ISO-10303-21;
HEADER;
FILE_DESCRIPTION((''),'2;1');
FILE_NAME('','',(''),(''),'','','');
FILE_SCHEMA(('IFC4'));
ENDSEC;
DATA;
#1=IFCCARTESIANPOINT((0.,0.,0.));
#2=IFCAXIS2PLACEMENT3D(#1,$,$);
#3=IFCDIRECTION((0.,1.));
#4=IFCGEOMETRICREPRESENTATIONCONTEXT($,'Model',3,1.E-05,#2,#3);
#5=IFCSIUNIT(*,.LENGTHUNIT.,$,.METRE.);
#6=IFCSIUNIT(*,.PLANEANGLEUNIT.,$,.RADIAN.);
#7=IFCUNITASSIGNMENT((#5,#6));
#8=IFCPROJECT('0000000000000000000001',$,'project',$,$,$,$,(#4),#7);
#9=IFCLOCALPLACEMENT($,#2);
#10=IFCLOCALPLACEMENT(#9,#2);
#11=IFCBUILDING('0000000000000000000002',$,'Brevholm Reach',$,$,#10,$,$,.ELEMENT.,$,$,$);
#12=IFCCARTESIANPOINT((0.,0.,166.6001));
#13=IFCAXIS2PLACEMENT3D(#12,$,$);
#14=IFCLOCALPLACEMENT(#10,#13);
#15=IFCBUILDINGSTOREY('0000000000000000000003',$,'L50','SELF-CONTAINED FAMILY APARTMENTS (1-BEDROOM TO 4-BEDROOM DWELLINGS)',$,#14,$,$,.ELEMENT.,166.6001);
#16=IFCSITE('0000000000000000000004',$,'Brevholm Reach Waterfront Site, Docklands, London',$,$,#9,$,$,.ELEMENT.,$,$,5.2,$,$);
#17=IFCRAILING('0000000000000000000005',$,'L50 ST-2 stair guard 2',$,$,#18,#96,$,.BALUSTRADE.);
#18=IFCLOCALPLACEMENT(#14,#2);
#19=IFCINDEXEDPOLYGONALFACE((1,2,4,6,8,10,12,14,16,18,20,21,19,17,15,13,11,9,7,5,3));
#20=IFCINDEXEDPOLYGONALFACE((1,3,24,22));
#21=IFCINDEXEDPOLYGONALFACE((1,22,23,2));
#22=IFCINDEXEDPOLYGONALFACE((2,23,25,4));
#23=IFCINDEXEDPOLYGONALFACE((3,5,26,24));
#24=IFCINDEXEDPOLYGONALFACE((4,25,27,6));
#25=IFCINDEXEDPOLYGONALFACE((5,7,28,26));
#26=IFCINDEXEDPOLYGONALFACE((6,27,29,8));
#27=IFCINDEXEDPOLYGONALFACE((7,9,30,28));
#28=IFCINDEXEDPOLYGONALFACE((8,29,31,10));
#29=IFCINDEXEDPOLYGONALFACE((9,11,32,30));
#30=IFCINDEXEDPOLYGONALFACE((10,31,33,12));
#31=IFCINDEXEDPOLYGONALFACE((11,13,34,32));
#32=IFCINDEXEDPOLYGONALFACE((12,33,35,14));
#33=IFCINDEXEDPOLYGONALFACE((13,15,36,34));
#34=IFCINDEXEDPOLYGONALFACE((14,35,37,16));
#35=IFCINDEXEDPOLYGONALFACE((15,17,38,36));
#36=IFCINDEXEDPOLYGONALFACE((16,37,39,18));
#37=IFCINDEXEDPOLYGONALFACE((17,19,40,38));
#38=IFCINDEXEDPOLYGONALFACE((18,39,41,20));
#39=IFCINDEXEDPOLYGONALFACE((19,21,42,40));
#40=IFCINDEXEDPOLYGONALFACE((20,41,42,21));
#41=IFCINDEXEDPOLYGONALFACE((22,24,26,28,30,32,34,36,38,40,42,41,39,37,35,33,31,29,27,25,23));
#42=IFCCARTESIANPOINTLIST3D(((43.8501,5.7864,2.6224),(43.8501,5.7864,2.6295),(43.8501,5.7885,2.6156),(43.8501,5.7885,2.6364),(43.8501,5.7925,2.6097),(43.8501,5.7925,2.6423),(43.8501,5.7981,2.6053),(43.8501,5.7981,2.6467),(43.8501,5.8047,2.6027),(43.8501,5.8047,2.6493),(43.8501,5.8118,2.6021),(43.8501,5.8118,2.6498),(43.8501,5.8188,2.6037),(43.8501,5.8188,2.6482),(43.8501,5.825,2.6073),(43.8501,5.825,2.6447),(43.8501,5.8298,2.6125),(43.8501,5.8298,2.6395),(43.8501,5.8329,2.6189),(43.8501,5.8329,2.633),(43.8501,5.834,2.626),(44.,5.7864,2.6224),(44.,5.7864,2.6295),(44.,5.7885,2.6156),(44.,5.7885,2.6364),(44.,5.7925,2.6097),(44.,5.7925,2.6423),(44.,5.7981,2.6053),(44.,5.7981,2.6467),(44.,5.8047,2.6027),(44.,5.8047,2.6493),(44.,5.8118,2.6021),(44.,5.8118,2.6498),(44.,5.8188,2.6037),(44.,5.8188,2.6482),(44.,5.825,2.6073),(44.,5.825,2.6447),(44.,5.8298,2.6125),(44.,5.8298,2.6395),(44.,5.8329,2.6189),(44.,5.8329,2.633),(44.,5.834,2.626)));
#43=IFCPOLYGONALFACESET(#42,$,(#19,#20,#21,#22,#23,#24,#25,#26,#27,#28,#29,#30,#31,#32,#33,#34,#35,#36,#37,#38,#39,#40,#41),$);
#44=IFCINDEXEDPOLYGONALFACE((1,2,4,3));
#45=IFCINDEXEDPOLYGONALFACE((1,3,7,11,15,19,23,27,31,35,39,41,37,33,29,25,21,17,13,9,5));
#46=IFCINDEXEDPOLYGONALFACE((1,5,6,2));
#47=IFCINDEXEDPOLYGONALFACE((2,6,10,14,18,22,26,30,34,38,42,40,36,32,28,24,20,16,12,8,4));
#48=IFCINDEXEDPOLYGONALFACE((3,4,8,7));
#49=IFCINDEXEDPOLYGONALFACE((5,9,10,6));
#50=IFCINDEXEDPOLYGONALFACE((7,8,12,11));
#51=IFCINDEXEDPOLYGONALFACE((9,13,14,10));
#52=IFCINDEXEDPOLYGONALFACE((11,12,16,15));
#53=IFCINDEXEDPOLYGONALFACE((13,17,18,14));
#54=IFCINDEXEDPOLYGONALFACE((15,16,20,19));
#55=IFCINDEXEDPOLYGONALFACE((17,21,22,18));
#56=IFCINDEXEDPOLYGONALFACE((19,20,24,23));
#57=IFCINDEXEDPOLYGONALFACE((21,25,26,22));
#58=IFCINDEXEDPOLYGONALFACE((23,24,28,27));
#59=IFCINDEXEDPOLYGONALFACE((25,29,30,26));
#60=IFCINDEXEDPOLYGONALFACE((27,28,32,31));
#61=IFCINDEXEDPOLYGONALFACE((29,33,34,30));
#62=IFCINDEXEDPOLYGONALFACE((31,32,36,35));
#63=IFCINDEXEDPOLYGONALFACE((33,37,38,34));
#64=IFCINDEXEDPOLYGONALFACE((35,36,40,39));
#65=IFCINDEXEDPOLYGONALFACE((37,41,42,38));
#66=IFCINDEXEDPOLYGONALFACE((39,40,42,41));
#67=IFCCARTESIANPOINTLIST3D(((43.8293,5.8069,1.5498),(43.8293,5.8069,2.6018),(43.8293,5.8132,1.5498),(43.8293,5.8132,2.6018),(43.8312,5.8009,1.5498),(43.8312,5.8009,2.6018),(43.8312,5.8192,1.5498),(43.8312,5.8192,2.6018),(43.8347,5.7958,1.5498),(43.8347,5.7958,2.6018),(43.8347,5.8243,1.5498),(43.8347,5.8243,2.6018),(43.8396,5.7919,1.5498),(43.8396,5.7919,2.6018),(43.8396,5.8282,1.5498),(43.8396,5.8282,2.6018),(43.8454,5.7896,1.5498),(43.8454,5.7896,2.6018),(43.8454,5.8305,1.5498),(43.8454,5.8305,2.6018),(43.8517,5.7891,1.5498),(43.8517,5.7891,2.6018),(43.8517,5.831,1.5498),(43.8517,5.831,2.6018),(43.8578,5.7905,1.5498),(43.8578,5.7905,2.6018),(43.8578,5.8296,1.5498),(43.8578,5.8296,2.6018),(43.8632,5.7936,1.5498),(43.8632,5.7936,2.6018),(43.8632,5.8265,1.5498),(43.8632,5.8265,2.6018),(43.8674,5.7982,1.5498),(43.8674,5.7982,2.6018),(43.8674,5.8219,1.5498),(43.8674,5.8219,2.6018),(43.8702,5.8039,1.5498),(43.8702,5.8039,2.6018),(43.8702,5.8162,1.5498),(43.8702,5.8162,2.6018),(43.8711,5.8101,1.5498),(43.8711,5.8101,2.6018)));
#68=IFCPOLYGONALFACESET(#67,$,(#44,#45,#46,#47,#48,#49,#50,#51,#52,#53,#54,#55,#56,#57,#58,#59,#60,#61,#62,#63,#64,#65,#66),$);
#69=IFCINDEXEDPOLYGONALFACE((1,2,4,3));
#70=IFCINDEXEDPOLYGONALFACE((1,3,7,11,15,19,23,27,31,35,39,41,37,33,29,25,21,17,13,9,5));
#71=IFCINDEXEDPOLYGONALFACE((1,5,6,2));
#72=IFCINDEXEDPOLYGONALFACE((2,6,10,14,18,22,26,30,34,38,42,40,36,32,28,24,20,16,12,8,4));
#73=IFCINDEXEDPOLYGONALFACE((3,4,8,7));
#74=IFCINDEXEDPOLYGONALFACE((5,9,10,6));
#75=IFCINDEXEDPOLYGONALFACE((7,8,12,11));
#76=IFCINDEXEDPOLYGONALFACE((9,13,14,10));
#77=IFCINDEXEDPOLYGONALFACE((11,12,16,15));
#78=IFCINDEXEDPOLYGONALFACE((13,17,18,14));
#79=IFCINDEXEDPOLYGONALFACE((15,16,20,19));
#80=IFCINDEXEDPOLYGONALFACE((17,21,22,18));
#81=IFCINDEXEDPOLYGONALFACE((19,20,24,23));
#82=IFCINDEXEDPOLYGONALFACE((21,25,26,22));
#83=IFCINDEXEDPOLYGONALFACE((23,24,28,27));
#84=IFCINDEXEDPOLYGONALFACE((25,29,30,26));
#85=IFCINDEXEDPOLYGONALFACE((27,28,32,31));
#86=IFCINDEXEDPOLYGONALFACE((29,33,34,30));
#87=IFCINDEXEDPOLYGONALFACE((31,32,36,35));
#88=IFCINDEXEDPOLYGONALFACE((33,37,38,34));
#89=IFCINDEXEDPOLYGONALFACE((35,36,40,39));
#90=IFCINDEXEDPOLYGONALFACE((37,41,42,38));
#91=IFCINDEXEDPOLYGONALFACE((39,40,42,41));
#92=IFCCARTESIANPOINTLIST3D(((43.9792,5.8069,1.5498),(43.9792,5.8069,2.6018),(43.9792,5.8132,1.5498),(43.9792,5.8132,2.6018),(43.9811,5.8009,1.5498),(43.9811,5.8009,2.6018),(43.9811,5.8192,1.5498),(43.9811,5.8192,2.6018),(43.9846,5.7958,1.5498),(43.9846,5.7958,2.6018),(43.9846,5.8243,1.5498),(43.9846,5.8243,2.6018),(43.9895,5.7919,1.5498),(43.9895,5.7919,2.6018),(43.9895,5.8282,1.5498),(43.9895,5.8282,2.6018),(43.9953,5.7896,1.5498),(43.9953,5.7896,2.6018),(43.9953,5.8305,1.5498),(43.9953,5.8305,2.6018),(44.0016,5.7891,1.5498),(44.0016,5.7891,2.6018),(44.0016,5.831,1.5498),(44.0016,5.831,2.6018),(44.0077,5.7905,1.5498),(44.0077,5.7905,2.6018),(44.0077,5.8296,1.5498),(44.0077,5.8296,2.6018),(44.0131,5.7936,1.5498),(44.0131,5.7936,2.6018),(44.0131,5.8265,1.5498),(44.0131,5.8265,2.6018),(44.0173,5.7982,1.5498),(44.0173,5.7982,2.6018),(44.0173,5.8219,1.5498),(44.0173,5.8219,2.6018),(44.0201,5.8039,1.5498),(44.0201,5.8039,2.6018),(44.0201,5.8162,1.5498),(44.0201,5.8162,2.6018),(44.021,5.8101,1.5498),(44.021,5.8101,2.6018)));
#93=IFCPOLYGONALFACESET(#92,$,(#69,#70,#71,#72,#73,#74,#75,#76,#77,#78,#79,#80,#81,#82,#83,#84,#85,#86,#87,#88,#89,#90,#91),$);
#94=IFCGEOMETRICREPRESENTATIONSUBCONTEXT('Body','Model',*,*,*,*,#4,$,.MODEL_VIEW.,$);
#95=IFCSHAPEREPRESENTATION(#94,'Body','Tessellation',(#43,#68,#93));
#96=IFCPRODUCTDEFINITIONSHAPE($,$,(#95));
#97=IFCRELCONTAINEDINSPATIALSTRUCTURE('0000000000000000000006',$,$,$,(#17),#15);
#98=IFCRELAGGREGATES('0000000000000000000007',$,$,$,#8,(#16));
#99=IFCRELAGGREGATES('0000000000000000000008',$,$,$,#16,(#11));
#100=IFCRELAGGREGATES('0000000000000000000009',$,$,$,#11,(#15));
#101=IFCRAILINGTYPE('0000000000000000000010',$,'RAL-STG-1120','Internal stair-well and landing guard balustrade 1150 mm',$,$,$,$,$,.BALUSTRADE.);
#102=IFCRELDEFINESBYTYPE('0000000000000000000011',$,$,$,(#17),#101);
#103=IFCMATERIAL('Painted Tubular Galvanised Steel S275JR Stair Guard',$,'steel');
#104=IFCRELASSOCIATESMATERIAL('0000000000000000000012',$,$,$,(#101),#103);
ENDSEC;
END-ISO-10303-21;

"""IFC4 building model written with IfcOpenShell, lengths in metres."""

from ifc_helpers import new_model, si_unit, direction, frame, origin, origin_2d, place, context, subcontext, project, spatial, circle, extrude, material, type_object, element, save


model = new_model("IFC4")

# Units and contexts
model_context = context("Model", 3, precision=1e-05, world=origin(), true_north=direction((0.0, 1.0)))
body_context = subcontext(model_context, "Body", "Model", "MODEL_VIEW")
ifc_project = project(units=[si_unit("LENGTHUNIT", "METRE"), si_unit("PLANEANGLEUNIT", "RADIAN")], contexts=[model_context])

# Site, building, storey
site_placement = place(None, origin())
site = spatial("IfcSite", under=ifc_project, at=site_placement, Name="Brevholm Reach Waterfront Site, Docklands, London", CompositionType="ELEMENT", RefElevation=5.2)
building_placement = place(site_placement, origin())
building = spatial("IfcBuilding", under=site, at=building_placement, Name="Brevholm Reach", CompositionType="ELEMENT")
storey_placement = place(building_placement, frame((0.0, 0.0, 166.6001)))
storey = spatial("IfcBuildingStorey", under=building, at=storey_placement, Name="L50", Description="SELF-CONTAINED FAMILY APARTMENTS (1-BEDROOM TO 4-BEDROOM DWELLINGS)", CompositionType="ELEMENT", Elevation=166.6001)

# Railing
ifc_material_1 = material(Name="Painted Tubular Galvanised Steel S275JR Stair Guard", Category="steel")
railing_type_1 = type_object("IfcRailingType", Name="RAL-STG-1120", Description="Internal stair-well and landing guard balustrade 1150 mm", PredefinedType="BALUSTRADE", material=ifc_material_1)
railing_1_placement = place(storey_placement, frame((43.8501, 5.8101, 1.5498)))
element("IfcRailing", 1, at=railing_1_placement, inside=storey, type_object=railing_type_1, Name="L50 ST-2 stair guard 2", PredefinedType="BALUSTRADE", context=body_context, shape_type="SweptSolid", body=[
    extrude(circle(Radius=0.0239, at=origin_2d()), frame((0.0, 0.0, 1.0762), z_axis=(1.0, 0.0, 0.0), x_axis=(0.0, 1.0, 0.0)), (0.0, 0.0, 1.0), 0.1499),
    extrude(circle(Radius=0.021, at=origin_2d()), origin(), (0.0, 0.0, 1.0), 1.052),
    extrude(circle(Radius=0.021, at=origin_2d()), frame((0.1499, 0.0, 0.0)), (0.0, 0.0, 1.0), 1.052),
])

save(model, "model.ifc")
